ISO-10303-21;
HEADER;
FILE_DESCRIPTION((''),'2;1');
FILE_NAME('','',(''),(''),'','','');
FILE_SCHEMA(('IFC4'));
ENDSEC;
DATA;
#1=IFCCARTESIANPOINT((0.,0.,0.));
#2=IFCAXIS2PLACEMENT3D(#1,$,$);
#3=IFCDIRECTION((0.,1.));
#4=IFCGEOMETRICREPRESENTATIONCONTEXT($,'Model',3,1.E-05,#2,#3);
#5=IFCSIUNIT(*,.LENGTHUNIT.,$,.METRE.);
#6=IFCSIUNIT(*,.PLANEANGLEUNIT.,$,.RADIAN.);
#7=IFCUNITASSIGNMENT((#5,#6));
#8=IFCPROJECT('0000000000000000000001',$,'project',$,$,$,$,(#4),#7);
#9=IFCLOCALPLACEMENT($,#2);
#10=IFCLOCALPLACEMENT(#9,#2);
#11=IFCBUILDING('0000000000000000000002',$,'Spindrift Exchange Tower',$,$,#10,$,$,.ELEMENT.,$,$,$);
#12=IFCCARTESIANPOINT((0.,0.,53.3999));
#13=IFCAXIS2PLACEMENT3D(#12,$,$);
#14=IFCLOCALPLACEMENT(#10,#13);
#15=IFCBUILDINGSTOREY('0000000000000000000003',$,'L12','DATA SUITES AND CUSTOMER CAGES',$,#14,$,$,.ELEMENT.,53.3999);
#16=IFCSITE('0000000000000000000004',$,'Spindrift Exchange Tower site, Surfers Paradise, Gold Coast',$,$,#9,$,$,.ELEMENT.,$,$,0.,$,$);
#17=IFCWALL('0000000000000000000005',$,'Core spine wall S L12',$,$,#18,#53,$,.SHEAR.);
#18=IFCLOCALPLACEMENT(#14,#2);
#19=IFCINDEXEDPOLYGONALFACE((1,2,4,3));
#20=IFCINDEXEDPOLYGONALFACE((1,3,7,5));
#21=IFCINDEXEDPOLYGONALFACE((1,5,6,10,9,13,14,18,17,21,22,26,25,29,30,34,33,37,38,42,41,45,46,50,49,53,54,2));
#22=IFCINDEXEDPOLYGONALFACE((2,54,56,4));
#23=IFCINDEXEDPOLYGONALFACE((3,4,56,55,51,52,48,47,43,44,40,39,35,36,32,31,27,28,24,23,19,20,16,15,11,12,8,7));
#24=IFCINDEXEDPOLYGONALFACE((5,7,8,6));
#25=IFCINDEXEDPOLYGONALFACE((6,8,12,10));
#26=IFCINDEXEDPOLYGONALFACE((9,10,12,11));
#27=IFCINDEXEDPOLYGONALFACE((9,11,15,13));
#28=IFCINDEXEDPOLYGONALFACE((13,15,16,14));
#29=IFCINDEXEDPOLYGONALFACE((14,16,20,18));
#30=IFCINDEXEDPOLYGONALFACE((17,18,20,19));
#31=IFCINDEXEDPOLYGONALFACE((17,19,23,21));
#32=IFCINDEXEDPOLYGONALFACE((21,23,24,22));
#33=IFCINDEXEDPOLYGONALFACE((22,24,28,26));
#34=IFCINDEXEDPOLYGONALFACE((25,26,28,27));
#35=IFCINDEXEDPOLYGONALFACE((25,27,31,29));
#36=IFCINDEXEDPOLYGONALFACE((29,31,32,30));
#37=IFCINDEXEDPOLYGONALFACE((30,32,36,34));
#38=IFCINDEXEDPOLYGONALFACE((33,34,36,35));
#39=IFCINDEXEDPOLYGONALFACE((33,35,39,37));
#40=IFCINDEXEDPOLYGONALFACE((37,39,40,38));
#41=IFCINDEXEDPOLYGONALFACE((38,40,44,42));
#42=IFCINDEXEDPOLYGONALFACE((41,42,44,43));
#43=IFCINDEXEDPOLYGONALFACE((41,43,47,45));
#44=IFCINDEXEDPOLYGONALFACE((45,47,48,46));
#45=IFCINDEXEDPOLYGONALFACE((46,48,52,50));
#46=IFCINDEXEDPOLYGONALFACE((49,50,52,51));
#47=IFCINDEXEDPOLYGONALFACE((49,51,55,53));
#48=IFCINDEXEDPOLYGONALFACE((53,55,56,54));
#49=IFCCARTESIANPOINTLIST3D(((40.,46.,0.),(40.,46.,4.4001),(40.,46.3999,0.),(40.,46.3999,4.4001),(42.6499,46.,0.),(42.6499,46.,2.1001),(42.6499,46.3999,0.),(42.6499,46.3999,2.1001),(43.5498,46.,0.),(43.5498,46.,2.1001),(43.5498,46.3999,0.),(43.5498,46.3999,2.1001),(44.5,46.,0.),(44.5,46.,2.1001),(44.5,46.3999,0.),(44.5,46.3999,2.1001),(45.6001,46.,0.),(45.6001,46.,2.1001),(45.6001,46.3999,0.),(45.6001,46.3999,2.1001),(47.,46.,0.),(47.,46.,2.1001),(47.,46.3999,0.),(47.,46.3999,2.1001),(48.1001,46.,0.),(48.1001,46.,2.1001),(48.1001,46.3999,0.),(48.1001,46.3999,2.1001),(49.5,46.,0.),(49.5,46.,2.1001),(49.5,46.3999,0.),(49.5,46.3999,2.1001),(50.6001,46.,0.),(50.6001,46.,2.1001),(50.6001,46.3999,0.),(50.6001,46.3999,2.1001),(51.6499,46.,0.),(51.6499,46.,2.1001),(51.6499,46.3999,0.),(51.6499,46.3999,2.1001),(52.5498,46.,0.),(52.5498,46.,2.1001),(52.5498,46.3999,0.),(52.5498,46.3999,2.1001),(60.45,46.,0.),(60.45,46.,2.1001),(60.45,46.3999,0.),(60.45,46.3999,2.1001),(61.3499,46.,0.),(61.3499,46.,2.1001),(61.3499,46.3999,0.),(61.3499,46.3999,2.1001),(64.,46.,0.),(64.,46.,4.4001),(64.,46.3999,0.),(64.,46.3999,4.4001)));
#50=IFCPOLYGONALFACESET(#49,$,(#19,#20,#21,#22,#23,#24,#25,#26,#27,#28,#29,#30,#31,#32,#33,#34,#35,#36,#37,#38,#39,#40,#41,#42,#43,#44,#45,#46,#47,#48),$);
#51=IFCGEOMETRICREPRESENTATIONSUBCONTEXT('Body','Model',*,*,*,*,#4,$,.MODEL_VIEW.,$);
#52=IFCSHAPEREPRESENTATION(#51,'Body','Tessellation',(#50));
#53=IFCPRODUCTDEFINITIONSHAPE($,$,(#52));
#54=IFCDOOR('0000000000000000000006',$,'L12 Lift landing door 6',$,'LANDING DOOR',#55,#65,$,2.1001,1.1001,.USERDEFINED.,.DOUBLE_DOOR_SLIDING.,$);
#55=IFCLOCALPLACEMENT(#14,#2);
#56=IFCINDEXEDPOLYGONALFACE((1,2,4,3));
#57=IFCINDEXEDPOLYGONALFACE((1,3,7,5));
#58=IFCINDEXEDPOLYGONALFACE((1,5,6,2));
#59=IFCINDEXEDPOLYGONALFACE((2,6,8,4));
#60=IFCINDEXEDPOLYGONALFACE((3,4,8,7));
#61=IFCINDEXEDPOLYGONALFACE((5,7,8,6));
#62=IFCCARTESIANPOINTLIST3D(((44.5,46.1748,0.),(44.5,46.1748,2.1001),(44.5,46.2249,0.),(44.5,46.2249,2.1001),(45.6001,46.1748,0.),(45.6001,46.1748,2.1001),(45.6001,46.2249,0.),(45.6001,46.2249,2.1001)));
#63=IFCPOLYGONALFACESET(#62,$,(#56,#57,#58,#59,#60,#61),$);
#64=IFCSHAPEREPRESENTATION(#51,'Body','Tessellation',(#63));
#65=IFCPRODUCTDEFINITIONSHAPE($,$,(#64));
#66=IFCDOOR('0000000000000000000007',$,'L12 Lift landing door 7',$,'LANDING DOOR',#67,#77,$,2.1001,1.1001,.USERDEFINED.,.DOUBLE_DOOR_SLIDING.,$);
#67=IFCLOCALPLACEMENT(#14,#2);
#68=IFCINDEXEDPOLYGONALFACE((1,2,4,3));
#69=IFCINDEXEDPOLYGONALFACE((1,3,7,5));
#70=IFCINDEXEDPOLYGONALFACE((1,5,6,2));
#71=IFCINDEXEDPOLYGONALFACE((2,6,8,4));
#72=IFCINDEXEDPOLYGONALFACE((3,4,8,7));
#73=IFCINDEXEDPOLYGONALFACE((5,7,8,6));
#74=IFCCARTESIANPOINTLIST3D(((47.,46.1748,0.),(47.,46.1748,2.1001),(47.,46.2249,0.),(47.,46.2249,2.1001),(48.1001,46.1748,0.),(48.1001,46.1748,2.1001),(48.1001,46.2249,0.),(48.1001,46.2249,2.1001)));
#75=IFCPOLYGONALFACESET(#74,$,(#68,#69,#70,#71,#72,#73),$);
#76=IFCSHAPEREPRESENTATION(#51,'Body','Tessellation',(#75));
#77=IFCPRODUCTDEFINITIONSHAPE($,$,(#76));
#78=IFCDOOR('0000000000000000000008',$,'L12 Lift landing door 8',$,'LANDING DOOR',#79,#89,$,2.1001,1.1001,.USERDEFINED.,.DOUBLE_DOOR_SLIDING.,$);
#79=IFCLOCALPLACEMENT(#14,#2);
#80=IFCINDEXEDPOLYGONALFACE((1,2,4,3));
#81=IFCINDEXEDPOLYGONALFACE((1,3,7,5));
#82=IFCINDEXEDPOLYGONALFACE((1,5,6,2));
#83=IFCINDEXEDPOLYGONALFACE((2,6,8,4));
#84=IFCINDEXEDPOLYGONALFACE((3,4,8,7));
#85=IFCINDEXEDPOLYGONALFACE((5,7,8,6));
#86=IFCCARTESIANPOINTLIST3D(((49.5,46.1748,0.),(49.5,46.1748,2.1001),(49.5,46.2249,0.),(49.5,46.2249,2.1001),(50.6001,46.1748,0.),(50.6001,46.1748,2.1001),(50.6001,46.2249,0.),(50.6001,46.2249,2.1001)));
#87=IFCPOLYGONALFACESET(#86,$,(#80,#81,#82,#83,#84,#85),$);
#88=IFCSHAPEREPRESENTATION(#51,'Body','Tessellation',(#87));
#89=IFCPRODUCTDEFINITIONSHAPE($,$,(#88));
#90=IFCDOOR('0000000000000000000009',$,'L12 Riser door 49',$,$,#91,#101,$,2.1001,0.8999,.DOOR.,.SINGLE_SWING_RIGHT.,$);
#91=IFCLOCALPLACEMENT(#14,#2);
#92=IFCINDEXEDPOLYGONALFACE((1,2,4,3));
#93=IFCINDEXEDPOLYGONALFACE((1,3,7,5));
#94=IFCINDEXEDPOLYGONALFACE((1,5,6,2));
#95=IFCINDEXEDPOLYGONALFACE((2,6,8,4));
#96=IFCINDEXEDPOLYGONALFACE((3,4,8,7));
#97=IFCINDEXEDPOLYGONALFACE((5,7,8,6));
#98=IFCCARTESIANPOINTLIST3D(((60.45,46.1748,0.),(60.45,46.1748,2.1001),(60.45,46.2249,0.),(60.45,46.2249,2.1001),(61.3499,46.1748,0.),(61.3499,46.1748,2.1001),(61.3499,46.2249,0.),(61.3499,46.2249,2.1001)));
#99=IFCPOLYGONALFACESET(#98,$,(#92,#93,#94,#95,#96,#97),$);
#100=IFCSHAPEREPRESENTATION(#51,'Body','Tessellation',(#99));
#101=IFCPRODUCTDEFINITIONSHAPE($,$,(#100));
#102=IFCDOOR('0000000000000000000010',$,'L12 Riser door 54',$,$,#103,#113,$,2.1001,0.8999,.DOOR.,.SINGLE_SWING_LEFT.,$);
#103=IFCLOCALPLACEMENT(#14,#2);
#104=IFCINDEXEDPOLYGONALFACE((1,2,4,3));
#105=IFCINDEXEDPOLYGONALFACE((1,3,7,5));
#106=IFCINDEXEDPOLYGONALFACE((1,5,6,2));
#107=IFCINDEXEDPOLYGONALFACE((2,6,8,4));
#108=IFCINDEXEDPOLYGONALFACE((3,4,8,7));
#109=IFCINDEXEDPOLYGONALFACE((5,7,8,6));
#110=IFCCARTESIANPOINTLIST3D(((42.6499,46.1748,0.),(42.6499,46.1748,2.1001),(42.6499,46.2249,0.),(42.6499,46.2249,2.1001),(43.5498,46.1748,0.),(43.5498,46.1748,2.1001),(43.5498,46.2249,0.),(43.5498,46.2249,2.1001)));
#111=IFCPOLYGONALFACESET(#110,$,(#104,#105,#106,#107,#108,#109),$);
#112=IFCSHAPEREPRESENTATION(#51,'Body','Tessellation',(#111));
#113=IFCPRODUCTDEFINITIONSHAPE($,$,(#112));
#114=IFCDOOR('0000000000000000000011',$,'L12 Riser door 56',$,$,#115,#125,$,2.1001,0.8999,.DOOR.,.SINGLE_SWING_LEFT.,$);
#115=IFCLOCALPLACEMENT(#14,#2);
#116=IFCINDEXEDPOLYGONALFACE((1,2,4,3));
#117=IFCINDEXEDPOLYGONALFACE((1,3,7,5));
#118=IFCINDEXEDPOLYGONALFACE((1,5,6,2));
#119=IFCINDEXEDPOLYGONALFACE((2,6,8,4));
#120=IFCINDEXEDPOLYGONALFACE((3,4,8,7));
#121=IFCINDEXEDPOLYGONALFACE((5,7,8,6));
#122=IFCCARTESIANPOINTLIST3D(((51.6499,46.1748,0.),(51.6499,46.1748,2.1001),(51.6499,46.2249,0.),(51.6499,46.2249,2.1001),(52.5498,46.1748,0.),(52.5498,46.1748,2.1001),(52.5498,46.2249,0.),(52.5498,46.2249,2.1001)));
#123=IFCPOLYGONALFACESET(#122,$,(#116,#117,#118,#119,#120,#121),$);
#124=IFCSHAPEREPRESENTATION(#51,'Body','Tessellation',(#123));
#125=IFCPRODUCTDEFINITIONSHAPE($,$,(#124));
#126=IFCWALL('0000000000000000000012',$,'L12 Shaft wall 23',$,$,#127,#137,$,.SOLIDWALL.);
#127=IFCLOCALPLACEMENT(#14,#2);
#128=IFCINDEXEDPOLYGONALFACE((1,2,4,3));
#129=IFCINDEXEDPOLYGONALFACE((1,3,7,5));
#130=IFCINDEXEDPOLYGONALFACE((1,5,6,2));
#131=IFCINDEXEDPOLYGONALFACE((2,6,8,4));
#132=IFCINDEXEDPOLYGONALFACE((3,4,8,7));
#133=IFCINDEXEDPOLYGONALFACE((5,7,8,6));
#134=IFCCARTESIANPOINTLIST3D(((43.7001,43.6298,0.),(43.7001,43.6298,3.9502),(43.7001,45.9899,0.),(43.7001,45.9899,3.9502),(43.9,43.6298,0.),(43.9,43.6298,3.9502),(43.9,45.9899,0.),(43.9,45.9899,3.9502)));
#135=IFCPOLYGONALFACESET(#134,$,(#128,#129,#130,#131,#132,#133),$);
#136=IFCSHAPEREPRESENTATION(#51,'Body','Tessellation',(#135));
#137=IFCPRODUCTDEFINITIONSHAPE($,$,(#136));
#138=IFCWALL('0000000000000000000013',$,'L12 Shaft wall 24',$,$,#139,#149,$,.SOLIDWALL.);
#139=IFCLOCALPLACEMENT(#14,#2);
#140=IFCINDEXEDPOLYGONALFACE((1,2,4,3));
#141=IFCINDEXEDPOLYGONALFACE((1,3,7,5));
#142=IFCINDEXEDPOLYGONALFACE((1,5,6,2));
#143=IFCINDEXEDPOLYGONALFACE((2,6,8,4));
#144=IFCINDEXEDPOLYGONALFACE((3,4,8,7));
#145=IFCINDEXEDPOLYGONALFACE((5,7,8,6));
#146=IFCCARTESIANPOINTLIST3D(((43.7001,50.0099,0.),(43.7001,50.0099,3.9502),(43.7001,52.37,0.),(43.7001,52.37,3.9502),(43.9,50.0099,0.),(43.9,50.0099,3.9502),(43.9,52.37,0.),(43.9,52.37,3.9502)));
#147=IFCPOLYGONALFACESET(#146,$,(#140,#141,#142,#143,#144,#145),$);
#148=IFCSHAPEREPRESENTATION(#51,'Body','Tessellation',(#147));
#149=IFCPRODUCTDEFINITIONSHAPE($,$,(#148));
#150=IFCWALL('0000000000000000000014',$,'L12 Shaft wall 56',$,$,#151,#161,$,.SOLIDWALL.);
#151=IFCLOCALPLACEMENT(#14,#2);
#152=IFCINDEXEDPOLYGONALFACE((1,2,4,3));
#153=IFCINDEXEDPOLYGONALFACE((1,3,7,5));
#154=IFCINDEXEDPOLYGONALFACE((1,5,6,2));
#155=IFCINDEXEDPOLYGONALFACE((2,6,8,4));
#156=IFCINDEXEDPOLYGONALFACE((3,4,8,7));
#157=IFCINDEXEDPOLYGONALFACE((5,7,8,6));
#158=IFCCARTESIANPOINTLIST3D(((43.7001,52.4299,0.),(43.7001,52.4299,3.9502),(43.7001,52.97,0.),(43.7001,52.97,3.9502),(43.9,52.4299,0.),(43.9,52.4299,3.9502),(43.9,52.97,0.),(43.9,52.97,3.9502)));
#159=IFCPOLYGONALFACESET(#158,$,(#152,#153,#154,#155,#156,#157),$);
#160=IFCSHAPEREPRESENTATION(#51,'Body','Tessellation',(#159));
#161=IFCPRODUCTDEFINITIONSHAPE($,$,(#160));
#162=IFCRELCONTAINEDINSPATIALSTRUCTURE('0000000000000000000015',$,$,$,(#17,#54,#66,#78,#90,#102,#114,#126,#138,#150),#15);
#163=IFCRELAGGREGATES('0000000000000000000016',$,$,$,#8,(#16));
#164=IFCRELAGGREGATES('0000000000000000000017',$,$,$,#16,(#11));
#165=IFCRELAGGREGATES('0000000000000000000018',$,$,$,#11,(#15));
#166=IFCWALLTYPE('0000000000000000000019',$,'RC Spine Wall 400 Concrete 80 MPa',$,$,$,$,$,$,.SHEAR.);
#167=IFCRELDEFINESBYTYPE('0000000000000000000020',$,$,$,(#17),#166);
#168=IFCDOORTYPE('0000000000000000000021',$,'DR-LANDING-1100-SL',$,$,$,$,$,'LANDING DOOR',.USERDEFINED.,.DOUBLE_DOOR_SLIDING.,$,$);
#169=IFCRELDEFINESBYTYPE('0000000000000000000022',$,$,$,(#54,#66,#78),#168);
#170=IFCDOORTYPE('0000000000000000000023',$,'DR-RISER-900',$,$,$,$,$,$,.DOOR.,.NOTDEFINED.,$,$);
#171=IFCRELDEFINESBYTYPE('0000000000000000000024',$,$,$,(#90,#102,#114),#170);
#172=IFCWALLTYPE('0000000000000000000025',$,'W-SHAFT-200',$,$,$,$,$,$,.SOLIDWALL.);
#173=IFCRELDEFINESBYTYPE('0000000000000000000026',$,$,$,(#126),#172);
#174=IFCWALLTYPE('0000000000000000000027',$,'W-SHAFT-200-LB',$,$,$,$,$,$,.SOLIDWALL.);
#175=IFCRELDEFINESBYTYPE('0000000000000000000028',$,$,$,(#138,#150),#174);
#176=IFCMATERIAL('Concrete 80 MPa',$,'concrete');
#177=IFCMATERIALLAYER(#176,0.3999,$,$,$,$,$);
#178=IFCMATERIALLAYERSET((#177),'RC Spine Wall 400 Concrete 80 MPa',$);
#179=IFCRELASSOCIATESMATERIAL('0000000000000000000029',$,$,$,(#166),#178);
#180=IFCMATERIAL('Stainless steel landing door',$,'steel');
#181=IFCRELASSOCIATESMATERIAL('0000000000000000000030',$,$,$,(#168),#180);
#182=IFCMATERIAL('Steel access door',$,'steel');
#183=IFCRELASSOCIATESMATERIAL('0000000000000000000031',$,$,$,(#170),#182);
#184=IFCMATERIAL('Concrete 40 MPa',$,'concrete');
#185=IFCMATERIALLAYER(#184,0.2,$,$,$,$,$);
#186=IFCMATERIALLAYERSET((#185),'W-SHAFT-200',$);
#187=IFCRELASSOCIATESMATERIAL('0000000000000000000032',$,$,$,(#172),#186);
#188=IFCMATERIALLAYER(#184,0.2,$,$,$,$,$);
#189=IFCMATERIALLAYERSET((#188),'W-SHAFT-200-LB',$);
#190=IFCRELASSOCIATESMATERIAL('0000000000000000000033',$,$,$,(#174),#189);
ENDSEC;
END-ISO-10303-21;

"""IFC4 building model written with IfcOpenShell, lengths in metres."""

from ifc_helpers import new_model, si_unit, direction, frame, frame_2d, origin, place, context, subcontext, project, spatial, rectangle, extrude, source, transform, mapped, material, layer, layer_set, type_object, element, fill, save


model = new_model("IFC4")

# Units and contexts
model_context = context("Model", 3, precision=1e-05, world=origin(), true_north=direction((0.0, 1.0)))
body_context = subcontext(model_context, "Body", "Model", "MODEL_VIEW")
ifc_project = project(units=[si_unit("LENGTHUNIT", "METRE"), si_unit("PLANEANGLEUNIT", "RADIAN")], contexts=[model_context])

# Site, building, storey
site_placement = place(None, origin())
site = spatial("IfcSite", under=ifc_project, at=site_placement, Name="Spindrift Exchange Tower site, Surfers Paradise, Gold Coast", CompositionType="ELEMENT", RefElevation=0.0)
building_placement = place(site_placement, origin())
building = spatial("IfcBuilding", under=site, at=building_placement, Name="Spindrift Exchange Tower", CompositionType="ELEMENT")
storey_placement = place(building_placement, frame((0.0, 0.0, 53.3999)))
storey = spatial("IfcBuildingStorey", under=building, at=storey_placement, Name="L12", Description="DATA SUITES AND CUSTOMER CAGES", CompositionType="ELEMENT", Elevation=53.3999)

# Wall, openings, doors
ifc_material_1 = material(Name="Concrete 80 MPa", Category="concrete")
ifc_layer_1 = layer(ifc_material_1, 0.3999)
ifc_layer_set_1 = layer_set([ifc_layer_1], Name="RC Spine Wall 400 Concrete 80 MPa")
wall_type_1 = type_object("IfcWallType", Name="RC Spine Wall 400 Concrete 80 MPa", PredefinedType="SHEAR", material=ifc_layer_set_1)
ifc_material_2 = material(Name="Stainless steel landing door", Category="steel")
door_type_1 = type_object("IfcDoorType", Name="DR-LANDING-1100-SL", ElementType="LANDING DOOR", OperationType="DOUBLE_DOOR_SLIDING", PredefinedType="USERDEFINED", material=ifc_material_2)
shared_shape_1 = source(origin(), body_context, "Body", "SweptSolid", [
    extrude(rectangle(XDim=1.1001, YDim=2.1001, at=frame_2d((0.55, 1.05))), frame((0.0, 0.0249, 0.0), z_axis=(0.0, -1.0, 0.0), x_axis=(1.0, 0.0, 0.0)), (0.0, 0.0, 1.0), 0.05),
])
ifc_material_3 = material(Name="Steel access door", Category="steel")
door_type_2 = type_object("IfcDoorType", Name="DR-RISER-900", OperationType="NOTDEFINED", PredefinedType="DOOR", material=ifc_material_3)
shared_shape_2 = source(origin(), body_context, "Body", "SweptSolid", [
    extrude(rectangle(XDim=0.8999, YDim=2.1001, at=frame_2d((0.45, 1.05))), frame((0.0, 0.0249, 0.0), z_axis=(0.0, -1.0, 0.0), x_axis=(1.0, 0.0, 0.0)), (0.0, 0.0, 1.0), 0.05),
])
wall_1_placement = place(storey_placement, frame((40.0, 46.2, 0.0), z_axis=(0.0, 0.0, 1.0), x_axis=(1.0, 0.0, 0.0)))
wall_1 = element("IfcWall", 1, at=wall_1_placement, inside=storey, type_object=wall_type_1, Name="Core spine wall S L12", PredefinedType="SHEAR", context=body_context, shape_type="SweptSolid", body=[
    extrude(rectangle(XDim=24.0, YDim=0.3999, at=frame_2d((12.0, 0.0))), origin(), (0.0, 0.0, 1.0), 4.4001),
])
opening_1_placement = place(wall_1_placement, frame((4.5, 0.0, 0.0)))
opening_1 = element("IfcOpeningElement", 2, at=opening_1_placement, cuts=wall_1, PredefinedType="OPENING", context=body_context, shape_type="SweptSolid", body=[
    extrude(rectangle(XDim=1.1001, YDim=2.1001, at=frame_2d((0.55, 1.05))), frame((0.0, 0.21, 0.0), z_axis=(0.0, -1.0, 0.0), x_axis=(1.0, 0.0, 0.0)), (0.0, 0.0, 1.0), 0.4199),
])
opening_2_placement = place(wall_1_placement, frame((7.0, 0.0, 0.0)))
opening_2 = element("IfcOpeningElement", 3, at=opening_2_placement, cuts=wall_1, PredefinedType="OPENING", context=body_context, shape_type="SweptSolid", body=[
    extrude(rectangle(XDim=1.1001, YDim=2.1001, at=frame_2d((0.55, 1.05))), frame((0.0, 0.21, 0.0), z_axis=(0.0, -1.0, 0.0), x_axis=(1.0, 0.0, 0.0)), (0.0, 0.0, 1.0), 0.4199),
])
opening_3_placement = place(wall_1_placement, frame((9.5, 0.0, 0.0)))
opening_3 = element("IfcOpeningElement", 4, at=opening_3_placement, cuts=wall_1, PredefinedType="OPENING", context=body_context, shape_type="SweptSolid", body=[
    extrude(rectangle(XDim=1.1001, YDim=2.1001, at=frame_2d((0.55, 1.05))), frame((0.0, 0.21, 0.0), z_axis=(0.0, -1.0, 0.0), x_axis=(1.0, 0.0, 0.0)), (0.0, 0.0, 1.0), 0.4199),
])
opening_4_placement = place(wall_1_placement, frame((20.45, 0.0, 0.0)))
opening_4 = element("IfcOpeningElement", 5, at=opening_4_placement, cuts=wall_1, PredefinedType="OPENING", context=body_context, shape_type="SweptSolid", body=[
    extrude(rectangle(XDim=0.8999, YDim=2.1001, at=frame_2d((0.45, 1.05))), frame((0.0, 0.21, 0.0), z_axis=(0.0, -1.0, 0.0), x_axis=(1.0, 0.0, 0.0)), (0.0, 0.0, 1.0), 0.4199),
])
opening_5_placement = place(wall_1_placement, frame((2.6499, 0.0, 0.0)))
opening_5 = element("IfcOpeningElement", 6, at=opening_5_placement, cuts=wall_1, PredefinedType="OPENING", context=body_context, shape_type="SweptSolid", body=[
    extrude(rectangle(XDim=0.8999, YDim=2.1001, at=frame_2d((0.45, 1.05))), frame((0.0, 0.21, 0.0), z_axis=(0.0, -1.0, 0.0), x_axis=(1.0, 0.0, 0.0)), (0.0, 0.0, 1.0), 0.4199),
])
opening_6_placement = place(wall_1_placement, frame((11.6499, 0.0, 0.0)))
opening_6 = element("IfcOpeningElement", 7, at=opening_6_placement, cuts=wall_1, PredefinedType="OPENING", context=body_context, shape_type="SweptSolid", body=[
    extrude(rectangle(XDim=0.8999, YDim=2.1001, at=frame_2d((0.45, 1.05))), frame((0.0, 0.21, 0.0), z_axis=(0.0, -1.0, 0.0), x_axis=(1.0, 0.0, 0.0)), (0.0, 0.0, 1.0), 0.4199),
])
door_1_placement = place(opening_1_placement, origin())
door_1 = element("IfcDoor", 8, at=door_1_placement, inside=storey, type_object=door_type_1, Name="L12 Lift landing door 6", ObjectType="LANDING DOOR", OperationType="DOUBLE_DOOR_SLIDING", OverallHeight=2.1001, OverallWidth=1.1001, PredefinedType="USERDEFINED", context=body_context, shape_type="MappedRepresentation", body=[
    mapped(shared_shape_1, transform((0.0, 0.0, 0.0), scale=1.0)),
])
fill(opening_1, door_1)
door_2_placement = place(opening_2_placement, origin())
door_2 = element("IfcDoor", 9, at=door_2_placement, inside=storey, type_object=door_type_1, Name="L12 Lift landing door 7", ObjectType="LANDING DOOR", OperationType="DOUBLE_DOOR_SLIDING", OverallHeight=2.1001, OverallWidth=1.1001, PredefinedType="USERDEFINED", context=body_context, shape_type="MappedRepresentation", body=[
    mapped(shared_shape_1, transform((0.0, 0.0, 0.0), scale=1.0)),
])
fill(opening_2, door_2)
door_3_placement = place(opening_3_placement, origin())
door_3 = element("IfcDoor", 10, at=door_3_placement, inside=storey, type_object=door_type_1, Name="L12 Lift landing door 8", ObjectType="LANDING DOOR", OperationType="DOUBLE_DOOR_SLIDING", OverallHeight=2.1001, OverallWidth=1.1001, PredefinedType="USERDEFINED", context=body_context, shape_type="MappedRepresentation", body=[
    mapped(shared_shape_1, transform((0.0, 0.0, 0.0), scale=1.0)),
])
fill(opening_3, door_3)
door_4_placement = place(opening_4_placement, origin())
door_4 = element("IfcDoor", 11, at=door_4_placement, inside=storey, type_object=door_type_2, Name="L12 Riser door 49", OperationType="SINGLE_SWING_RIGHT", OverallHeight=2.1001, OverallWidth=0.8999, PredefinedType="DOOR", context=body_context, shape_type="MappedRepresentation", body=[
    mapped(shared_shape_2, transform((0.0, 0.0, 0.0), scale=1.0)),
])
fill(opening_4, door_4)
door_5_placement = place(opening_5_placement, origin())
door_5 = element("IfcDoor", 12, at=door_5_placement, inside=storey, type_object=door_type_2, Name="L12 Riser door 54", OperationType="SINGLE_SWING_LEFT", OverallHeight=2.1001, OverallWidth=0.8999, PredefinedType="DOOR", context=body_context, shape_type="MappedRepresentation", body=[
    mapped(shared_shape_2, transform((0.0, 0.0, 0.0), scale=1.0)),
])
fill(opening_5, door_5)
door_6_placement = place(opening_6_placement, origin())
door_6 = element("IfcDoor", 13, at=door_6_placement, inside=storey, type_object=door_type_2, Name="L12 Riser door 56", OperationType="SINGLE_SWING_LEFT", OverallHeight=2.1001, OverallWidth=0.8999, PredefinedType="DOOR", context=body_context, shape_type="MappedRepresentation", body=[
    mapped(shared_shape_2, transform((0.0, 0.0, 0.0), scale=1.0)),
])
fill(opening_6, door_6)

# Walls
ifc_material_4 = material(Name="Concrete 40 MPa", Category="concrete")
ifc_layer_2 = layer(ifc_material_4, 0.2)
ifc_layer_set_2 = layer_set([ifc_layer_2], Name="W-SHAFT-200")
wall_type_2 = type_object("IfcWallType", Name="W-SHAFT-200", PredefinedType="SOLIDWALL", material=ifc_layer_set_2)
wall_2_placement = place(storey_placement, frame((43.8, 45.99, 0.0), z_axis=(0.0, 0.0, 1.0), x_axis=(0.0, -1.0, 0.0)))
element("IfcWall", 14, at=wall_2_placement, inside=storey, type_object=wall_type_2, Name="L12 Shaft wall 23", PredefinedType="SOLIDWALL", context=body_context, shape_type="SweptSolid", body=[
    extrude(rectangle(XDim=2.3601, YDim=0.2, at=frame_2d((1.1802, 0.0))), origin(), (0.0, 0.0, 1.0), 3.9502),
])
ifc_layer_3 = layer(ifc_material_4, 0.2)
ifc_layer_set_3 = layer_set([ifc_layer_3], Name="W-SHAFT-200-LB")
wall_type_3 = type_object("IfcWallType", Name="W-SHAFT-200-LB", PredefinedType="SOLIDWALL", material=ifc_layer_set_3)
wall_3_placement = place(storey_placement, frame((43.8, 52.3701, 0.0), z_axis=(0.0, 0.0, 1.0), x_axis=(0.0, -1.0, 0.0)))
element("IfcWall", 15, at=wall_3_placement, inside=storey, type_object=wall_type_3, Name="L12 Shaft wall 24", PredefinedType="SOLIDWALL", context=body_context, shape_type="SweptSolid", body=[
    extrude(rectangle(XDim=2.3601, YDim=0.2, at=frame_2d((1.1802, 0.0))), origin(), (0.0, 0.0, 1.0), 3.9502),
])
wall_4_placement = place(storey_placement, frame((43.8, 52.4299, 0.0), z_axis=(0.0, 0.0, 1.0), x_axis=(0.0, 1.0, 0.0)))
element("IfcWall", 16, at=wall_4_placement, inside=storey, type_object=wall_type_3, Name="L12 Shaft wall 56", PredefinedType="SOLIDWALL", context=body_context, shape_type="SweptSolid", body=[
    extrude(rectangle(XDim=0.54, YDim=0.2, at=frame_2d((0.27, 0.0))), origin(), (0.0, 0.0, 1.0), 3.9502),
])

save(model, "model.ifc")
